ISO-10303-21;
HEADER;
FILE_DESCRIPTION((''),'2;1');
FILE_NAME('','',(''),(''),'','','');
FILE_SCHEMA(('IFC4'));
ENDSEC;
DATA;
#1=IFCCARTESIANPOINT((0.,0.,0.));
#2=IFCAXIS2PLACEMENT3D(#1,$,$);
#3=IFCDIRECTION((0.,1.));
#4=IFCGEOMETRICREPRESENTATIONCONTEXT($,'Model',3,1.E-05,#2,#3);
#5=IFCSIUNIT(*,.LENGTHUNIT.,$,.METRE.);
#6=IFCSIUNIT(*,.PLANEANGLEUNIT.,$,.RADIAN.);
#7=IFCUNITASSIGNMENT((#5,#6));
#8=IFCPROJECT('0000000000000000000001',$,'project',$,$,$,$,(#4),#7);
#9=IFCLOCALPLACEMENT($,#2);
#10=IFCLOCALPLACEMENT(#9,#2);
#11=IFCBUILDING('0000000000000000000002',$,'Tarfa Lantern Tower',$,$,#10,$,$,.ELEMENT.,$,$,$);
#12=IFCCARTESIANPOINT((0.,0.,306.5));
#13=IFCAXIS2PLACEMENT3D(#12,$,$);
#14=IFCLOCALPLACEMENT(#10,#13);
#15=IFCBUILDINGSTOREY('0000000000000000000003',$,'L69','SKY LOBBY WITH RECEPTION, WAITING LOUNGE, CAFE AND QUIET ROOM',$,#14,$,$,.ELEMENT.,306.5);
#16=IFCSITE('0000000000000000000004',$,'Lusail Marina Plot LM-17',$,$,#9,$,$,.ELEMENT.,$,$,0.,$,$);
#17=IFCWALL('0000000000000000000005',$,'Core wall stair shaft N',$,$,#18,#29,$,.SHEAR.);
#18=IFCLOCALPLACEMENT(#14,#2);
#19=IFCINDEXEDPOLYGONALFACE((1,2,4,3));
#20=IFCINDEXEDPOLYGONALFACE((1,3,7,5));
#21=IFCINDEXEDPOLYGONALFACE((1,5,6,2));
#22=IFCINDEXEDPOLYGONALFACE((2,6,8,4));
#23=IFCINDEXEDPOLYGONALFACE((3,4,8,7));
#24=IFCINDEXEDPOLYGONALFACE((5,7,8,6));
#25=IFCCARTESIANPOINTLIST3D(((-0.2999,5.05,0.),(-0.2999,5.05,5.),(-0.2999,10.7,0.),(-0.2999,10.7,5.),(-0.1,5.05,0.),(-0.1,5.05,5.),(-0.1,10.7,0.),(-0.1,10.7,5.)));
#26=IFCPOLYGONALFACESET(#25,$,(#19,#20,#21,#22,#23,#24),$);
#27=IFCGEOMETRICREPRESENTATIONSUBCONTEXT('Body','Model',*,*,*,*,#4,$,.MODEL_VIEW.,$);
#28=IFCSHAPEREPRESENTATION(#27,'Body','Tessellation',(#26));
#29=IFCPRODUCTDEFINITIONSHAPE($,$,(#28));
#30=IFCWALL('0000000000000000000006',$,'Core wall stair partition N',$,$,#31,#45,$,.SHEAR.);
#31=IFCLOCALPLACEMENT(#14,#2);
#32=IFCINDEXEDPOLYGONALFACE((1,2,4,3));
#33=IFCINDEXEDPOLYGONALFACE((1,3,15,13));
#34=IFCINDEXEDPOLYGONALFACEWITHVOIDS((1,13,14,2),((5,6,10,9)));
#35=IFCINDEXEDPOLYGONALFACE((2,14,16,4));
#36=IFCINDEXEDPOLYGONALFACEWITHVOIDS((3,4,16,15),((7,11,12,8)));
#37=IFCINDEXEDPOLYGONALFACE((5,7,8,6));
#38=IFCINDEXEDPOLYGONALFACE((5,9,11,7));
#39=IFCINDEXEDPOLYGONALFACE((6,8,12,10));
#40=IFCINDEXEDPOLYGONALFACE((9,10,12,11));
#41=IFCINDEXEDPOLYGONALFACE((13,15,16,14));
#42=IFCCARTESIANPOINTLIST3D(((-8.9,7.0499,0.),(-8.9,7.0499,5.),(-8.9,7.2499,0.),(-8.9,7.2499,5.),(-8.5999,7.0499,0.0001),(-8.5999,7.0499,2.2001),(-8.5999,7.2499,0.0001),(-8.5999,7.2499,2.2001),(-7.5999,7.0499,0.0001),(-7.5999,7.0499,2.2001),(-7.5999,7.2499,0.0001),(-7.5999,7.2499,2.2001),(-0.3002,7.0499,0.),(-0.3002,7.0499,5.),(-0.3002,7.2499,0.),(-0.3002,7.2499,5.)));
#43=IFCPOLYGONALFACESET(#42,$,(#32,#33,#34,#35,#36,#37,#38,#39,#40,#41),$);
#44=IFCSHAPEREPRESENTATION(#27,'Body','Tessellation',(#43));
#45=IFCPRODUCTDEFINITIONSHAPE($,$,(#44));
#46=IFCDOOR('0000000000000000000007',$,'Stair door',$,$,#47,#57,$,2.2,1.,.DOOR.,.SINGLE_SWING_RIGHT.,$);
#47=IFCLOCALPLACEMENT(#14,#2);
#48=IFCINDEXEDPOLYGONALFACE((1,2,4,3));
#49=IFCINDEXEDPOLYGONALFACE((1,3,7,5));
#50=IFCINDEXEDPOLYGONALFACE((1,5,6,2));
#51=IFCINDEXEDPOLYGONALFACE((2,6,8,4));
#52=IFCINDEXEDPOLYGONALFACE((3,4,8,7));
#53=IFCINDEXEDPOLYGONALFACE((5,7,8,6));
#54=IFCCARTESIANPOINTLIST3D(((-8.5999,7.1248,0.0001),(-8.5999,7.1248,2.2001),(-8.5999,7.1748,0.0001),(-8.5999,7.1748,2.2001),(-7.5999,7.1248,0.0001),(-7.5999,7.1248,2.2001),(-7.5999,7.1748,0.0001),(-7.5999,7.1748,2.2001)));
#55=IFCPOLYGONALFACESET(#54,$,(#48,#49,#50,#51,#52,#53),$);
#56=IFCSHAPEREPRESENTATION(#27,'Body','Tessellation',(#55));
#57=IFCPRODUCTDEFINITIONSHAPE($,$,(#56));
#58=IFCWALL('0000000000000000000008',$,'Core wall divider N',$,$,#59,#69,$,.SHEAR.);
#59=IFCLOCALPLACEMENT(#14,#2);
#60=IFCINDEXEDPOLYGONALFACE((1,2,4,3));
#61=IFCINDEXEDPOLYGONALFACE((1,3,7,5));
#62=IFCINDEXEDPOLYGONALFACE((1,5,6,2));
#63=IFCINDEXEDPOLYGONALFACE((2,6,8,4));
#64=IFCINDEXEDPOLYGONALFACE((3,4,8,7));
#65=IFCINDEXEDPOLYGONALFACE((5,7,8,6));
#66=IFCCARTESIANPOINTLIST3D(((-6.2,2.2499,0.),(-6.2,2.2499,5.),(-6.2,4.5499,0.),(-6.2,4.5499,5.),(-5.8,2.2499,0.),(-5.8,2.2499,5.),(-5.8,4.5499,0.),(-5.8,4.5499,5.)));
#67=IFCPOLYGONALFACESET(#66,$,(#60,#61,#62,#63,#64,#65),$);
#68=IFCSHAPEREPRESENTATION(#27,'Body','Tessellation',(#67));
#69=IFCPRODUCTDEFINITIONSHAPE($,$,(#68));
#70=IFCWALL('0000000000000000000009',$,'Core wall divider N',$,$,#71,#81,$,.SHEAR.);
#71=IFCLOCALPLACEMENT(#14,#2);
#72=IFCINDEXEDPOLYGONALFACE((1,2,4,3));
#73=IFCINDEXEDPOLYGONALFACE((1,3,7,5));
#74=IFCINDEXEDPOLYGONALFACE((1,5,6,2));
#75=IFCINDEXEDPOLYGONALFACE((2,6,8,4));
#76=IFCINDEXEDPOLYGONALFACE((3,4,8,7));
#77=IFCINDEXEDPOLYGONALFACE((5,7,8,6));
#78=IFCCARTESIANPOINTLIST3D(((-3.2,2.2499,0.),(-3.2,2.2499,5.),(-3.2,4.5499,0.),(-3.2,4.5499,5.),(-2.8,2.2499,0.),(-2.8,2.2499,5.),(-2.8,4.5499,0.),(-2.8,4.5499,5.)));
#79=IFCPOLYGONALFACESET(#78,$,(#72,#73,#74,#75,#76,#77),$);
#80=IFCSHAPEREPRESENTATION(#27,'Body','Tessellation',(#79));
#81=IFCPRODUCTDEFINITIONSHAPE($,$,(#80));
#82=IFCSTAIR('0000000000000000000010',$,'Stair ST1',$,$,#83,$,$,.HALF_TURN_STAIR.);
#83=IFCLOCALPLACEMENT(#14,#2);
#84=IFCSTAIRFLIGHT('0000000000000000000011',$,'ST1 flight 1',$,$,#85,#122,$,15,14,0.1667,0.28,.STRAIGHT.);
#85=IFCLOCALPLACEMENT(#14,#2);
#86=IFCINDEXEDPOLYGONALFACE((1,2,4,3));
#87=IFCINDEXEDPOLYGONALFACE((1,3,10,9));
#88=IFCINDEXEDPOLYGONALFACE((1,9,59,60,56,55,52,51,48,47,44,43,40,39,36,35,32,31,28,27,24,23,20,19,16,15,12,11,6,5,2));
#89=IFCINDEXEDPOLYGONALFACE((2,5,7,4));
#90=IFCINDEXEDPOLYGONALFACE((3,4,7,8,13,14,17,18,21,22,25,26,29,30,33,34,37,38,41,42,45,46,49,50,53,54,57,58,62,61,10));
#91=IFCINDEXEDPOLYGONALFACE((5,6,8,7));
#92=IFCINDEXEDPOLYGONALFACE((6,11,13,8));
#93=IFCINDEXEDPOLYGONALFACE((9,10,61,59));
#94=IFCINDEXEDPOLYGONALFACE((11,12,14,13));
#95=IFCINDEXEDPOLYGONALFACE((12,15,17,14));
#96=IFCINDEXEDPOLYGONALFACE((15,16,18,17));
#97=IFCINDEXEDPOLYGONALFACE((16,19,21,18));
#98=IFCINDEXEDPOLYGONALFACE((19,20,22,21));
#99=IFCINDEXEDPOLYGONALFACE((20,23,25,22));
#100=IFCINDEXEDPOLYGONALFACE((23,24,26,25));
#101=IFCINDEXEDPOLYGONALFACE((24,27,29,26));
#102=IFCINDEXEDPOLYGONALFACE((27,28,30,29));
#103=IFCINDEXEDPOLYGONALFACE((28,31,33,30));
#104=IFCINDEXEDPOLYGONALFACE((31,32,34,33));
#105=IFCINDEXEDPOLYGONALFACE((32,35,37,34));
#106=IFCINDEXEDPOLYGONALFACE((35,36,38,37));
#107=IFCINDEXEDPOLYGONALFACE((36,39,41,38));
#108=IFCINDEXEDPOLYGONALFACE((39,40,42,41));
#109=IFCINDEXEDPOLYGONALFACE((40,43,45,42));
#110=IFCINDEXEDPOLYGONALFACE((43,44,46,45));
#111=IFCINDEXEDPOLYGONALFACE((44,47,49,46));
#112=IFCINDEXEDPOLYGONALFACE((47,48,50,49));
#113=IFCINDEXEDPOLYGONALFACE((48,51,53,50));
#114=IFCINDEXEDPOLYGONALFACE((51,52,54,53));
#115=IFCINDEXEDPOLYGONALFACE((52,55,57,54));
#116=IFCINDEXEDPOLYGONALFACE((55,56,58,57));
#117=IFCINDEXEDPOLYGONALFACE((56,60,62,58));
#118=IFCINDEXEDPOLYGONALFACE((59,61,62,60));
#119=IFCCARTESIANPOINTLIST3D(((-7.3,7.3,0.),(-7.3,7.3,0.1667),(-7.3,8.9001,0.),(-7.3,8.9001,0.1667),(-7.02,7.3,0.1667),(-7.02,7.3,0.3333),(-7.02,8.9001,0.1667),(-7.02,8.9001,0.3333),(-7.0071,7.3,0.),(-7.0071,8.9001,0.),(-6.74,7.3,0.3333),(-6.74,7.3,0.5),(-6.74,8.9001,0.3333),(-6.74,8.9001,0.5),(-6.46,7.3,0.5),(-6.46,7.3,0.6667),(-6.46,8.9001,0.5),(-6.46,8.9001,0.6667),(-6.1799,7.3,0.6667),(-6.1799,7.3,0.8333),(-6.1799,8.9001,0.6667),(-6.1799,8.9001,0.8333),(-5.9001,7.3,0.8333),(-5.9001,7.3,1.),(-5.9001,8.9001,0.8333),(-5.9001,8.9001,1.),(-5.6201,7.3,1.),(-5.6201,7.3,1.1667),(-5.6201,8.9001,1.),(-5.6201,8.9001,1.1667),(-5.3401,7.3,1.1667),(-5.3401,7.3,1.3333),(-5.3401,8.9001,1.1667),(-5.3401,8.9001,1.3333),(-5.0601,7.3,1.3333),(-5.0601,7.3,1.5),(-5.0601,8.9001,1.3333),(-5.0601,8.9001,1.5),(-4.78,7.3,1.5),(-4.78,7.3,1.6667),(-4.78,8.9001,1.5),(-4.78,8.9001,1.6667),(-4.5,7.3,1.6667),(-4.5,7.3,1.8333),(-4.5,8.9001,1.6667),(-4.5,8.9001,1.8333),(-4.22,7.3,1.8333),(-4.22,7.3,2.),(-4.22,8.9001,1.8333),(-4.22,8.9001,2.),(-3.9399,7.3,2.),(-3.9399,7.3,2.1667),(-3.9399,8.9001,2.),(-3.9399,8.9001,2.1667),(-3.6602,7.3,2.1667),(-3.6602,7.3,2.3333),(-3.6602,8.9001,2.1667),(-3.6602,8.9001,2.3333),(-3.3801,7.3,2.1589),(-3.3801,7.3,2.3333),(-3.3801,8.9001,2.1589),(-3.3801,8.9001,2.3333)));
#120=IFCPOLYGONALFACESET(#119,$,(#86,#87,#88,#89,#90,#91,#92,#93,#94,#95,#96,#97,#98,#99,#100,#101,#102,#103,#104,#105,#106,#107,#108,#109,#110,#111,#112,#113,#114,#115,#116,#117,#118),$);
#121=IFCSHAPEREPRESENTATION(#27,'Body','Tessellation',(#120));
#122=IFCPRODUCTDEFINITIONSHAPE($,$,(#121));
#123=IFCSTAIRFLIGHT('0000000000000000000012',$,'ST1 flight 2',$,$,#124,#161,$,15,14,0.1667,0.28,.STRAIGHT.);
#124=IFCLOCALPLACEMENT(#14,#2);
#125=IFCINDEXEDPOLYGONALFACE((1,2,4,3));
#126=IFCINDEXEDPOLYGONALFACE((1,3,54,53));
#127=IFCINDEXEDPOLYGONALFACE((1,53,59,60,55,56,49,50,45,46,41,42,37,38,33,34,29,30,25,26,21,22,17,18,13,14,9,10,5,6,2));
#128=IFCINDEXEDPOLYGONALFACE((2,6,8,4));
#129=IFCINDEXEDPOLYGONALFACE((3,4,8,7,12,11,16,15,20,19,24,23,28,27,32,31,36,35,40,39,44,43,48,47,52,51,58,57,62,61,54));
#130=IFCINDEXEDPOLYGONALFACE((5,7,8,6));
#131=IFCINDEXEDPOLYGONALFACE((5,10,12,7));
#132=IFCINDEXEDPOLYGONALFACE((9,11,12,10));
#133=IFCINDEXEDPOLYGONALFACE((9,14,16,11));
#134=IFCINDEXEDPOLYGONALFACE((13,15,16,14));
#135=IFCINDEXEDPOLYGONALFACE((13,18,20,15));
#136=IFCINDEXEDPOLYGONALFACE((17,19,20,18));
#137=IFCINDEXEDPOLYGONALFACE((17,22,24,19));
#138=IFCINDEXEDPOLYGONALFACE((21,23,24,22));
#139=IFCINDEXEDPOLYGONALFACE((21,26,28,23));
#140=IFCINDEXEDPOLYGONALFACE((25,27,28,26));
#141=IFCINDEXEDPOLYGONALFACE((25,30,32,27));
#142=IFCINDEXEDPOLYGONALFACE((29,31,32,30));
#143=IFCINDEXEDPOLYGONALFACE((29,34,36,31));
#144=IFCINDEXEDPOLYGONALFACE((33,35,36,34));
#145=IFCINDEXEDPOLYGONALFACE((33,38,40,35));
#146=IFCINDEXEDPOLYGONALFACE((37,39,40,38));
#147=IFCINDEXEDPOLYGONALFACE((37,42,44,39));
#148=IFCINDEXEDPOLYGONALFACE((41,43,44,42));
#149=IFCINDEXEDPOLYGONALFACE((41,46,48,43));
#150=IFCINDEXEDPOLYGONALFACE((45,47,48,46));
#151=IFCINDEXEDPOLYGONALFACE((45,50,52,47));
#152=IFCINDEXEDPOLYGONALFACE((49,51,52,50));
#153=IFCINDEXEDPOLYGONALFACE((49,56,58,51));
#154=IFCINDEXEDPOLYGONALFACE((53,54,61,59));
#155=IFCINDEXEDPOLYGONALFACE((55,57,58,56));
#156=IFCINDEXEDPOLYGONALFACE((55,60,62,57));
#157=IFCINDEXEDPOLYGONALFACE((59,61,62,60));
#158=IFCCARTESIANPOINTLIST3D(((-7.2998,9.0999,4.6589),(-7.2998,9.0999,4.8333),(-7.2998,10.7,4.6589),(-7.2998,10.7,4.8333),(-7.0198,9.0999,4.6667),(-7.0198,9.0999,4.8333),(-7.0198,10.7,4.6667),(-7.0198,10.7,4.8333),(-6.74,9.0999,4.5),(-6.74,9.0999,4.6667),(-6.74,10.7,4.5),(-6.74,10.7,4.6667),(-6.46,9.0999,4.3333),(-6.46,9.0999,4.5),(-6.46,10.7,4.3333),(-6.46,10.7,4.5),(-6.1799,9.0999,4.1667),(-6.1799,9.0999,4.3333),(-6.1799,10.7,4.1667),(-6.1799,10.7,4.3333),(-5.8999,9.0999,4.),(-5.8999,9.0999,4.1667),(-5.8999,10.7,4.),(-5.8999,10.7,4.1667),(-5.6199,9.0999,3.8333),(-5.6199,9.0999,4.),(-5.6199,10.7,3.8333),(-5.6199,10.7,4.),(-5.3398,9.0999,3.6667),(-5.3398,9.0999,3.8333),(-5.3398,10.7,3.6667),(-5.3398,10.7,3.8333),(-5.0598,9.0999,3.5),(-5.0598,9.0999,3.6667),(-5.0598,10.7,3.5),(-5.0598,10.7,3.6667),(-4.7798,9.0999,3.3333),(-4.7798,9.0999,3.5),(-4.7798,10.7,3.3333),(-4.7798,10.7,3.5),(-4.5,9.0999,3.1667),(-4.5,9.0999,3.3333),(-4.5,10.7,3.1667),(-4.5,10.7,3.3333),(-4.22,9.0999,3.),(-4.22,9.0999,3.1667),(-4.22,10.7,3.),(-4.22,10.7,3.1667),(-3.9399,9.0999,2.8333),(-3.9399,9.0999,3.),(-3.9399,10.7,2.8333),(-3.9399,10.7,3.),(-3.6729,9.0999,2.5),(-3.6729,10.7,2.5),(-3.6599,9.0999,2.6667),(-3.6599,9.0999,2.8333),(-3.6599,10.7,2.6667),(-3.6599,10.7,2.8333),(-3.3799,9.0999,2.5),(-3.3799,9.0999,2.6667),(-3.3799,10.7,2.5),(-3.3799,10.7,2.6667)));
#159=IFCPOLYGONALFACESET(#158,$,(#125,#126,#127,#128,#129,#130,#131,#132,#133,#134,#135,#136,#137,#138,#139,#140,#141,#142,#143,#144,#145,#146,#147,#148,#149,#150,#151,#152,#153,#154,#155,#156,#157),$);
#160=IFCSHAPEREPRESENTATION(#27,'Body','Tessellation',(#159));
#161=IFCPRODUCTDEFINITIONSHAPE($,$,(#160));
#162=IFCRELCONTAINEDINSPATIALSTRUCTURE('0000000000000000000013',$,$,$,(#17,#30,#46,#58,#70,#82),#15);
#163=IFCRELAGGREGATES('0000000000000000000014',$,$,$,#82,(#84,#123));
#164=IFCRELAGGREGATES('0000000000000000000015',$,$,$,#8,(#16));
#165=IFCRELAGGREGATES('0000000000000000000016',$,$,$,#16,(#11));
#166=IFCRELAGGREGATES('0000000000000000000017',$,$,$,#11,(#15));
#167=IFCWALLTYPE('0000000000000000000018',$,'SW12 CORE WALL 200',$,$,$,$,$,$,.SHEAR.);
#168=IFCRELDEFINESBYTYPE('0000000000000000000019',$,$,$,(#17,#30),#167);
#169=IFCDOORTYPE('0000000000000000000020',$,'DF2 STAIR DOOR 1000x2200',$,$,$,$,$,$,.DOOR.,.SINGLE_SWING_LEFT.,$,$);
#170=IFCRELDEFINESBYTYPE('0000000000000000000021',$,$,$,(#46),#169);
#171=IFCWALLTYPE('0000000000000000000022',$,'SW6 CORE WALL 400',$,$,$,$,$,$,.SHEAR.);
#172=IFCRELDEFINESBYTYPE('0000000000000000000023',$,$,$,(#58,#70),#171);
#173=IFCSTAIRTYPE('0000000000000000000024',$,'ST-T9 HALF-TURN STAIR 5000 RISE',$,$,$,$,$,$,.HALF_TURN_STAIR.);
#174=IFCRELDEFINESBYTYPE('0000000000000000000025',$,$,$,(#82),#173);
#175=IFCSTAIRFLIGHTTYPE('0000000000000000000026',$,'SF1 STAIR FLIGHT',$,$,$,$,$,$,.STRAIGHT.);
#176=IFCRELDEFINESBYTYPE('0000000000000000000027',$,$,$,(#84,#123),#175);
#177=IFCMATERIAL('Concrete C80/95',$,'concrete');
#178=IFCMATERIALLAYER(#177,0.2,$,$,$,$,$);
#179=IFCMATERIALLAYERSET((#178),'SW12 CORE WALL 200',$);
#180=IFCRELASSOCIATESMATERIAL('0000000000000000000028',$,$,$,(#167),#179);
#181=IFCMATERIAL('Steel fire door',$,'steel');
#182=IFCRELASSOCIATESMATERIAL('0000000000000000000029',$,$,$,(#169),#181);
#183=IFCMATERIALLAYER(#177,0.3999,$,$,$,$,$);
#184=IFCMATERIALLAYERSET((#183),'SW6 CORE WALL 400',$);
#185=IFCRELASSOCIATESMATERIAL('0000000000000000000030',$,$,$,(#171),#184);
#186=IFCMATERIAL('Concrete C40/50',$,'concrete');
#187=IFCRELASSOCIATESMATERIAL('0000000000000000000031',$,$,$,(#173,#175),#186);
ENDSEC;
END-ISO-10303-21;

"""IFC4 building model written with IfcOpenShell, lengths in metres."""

from ifc_helpers import new_model, si_unit, direction, frame, frame_2d, origin, place, context, subcontext, project, spatial, polyline, rectangle, outline, extrude, material, layer, layer_set, type_object, element, fill, aggregate, save


model = new_model("IFC4")

# Units and contexts
model_context = context("Model", 3, precision=1e-05, world=origin(), true_north=direction((0.0, 1.0)))
body_context = subcontext(model_context, "Body", "Model", "MODEL_VIEW")
ifc_project = project(units=[si_unit("LENGTHUNIT", "METRE"), si_unit("PLANEANGLEUNIT", "RADIAN")], contexts=[model_context])

# Site, building, storey
site_placement = place(None, origin())
site = spatial("IfcSite", under=ifc_project, at=site_placement, Name="Lusail Marina Plot LM-17", CompositionType="ELEMENT", RefElevation=0.0)
building_placement = place(site_placement, origin())
building = spatial("IfcBuilding", under=site, at=building_placement, Name="Tarfa Lantern Tower", CompositionType="ELEMENT")
storey_placement = place(building_placement, frame((0.0, 0.0, 306.5)))
storey = spatial("IfcBuildingStorey", under=building, at=storey_placement, Name="L69", Description="SKY LOBBY WITH RECEPTION, WAITING LOUNGE, CAFE AND QUIET ROOM", CompositionType="ELEMENT", Elevation=306.5)

# Wall
ifc_material_1 = material(Name="Concrete C80/95", Category="concrete")
ifc_layer_1 = layer(ifc_material_1, 0.2)
ifc_layer_set_1 = layer_set([ifc_layer_1], Name="SW12 CORE WALL 200")
wall_type_1 = type_object("IfcWallType", Name="SW12 CORE WALL 200", PredefinedType="SHEAR", material=ifc_layer_set_1)
wall_1_placement = place(storey_placement, frame((-0.2, 5.05, 0.0), z_axis=(0.0, 0.0, 1.0), x_axis=(0.0, 1.0, 0.0)))
element("IfcWall", 1, at=wall_1_placement, inside=storey, type_object=wall_type_1, Name="Core wall stair shaft N", PredefinedType="SHEAR", context=body_context, shape_type="SweptSolid", body=[
    extrude(rectangle(XDim=5.6499, YDim=0.2, at=frame_2d((2.825, 0.0))), origin(), (0.0, 0.0, 1.0), 5.0),
])

# Wall, opening, door
wall_2_placement = place(storey_placement, frame((-8.8999, 7.1499, 0.0), z_axis=(0.0, 0.0, 1.0), x_axis=(1.0, 0.0, 0.0)))
wall_2 = element("IfcWall", 2, at=wall_2_placement, inside=storey, type_object=wall_type_1, Name="Core wall stair partition N", PredefinedType="SHEAR", context=body_context, shape_type="SweptSolid", body=[
    extrude(rectangle(XDim=8.5999, YDim=0.2, at=frame_2d((4.2998, 0.0))), origin(), (0.0, 0.0, 1.0), 5.0),
])
opening_placement = place(wall_2_placement, frame((0.3, 0.0, 0.0)))
opening = element("IfcOpeningElement", 3, at=opening_placement, cuts=wall_2, PredefinedType="OPENING", context=body_context, shape_type="SweptSolid", body=[
    extrude(rectangle(XDim=1.0, YDim=2.2, at=frame_2d((0.5, 1.1001))), frame((0.0, 0.1099, 0.0), z_axis=(0.0, -1.0, 0.0), x_axis=(1.0, 0.0, 0.0)), (0.0, 0.0, 1.0), 0.22),
])
ifc_material_2 = material(Name="Steel fire door", Category="steel")
door_type = type_object("IfcDoorType", Name="DF2 STAIR DOOR 1000x2200", OperationType="SINGLE_SWING_LEFT", PredefinedType="DOOR", material=ifc_material_2)
door_placement = place(opening_placement, origin())
door = element("IfcDoor", 4, at=door_placement, inside=storey, type_object=door_type, Name="Stair door", OperationType="SINGLE_SWING_RIGHT", OverallHeight=2.2, OverallWidth=1.0, PredefinedType="DOOR", context=body_context, shape_type="SweptSolid", body=[
    extrude(rectangle(XDim=1.0, YDim=2.2, at=frame_2d((0.5, 1.1001))), frame((0.0, 0.0249, 0.0), z_axis=(0.0, -1.0, 0.0), x_axis=(1.0, 0.0, 0.0)), (0.0, 0.0, 1.0), 0.05),
])
fill(opening, door)

# Walls
ifc_layer_2 = layer(ifc_material_1, 0.3999)
ifc_layer_set_2 = layer_set([ifc_layer_2], Name="SW6 CORE WALL 400")
wall_type_2 = type_object("IfcWallType", Name="SW6 CORE WALL 400", PredefinedType="SHEAR", material=ifc_layer_set_2)
for number, where, z_axis, x_axis, name in (
    (5, (-6.0, 2.25, 0.0), (0.0, 0.0, 1.0), (0.0, 1.0, 0.0), "Core wall divider N"),
    (6, (-3.0, 2.25, 0.0), (0.0, 0.0, 1.0), (0.0, 1.0, 0.0), "Core wall divider N"),
):
    element("IfcWall", number, at=place(storey_placement, frame(where, z_axis=z_axis, x_axis=x_axis)), inside=storey, type_object=wall_type_2, Name=name, PredefinedType="SHEAR", context=body_context, shape_type="SweptSolid", body=[
        extrude(rectangle(XDim=2.3, YDim=0.3999, at=frame_2d((1.1499, 0.0))), origin(), (0.0, 0.0, 1.0), 5.0),
    ])

# Stair, stair flights
ifc_material_3 = material(Name="Concrete C40/50", Category="concrete")
stair_type = type_object("IfcStairType", Name="ST-T9 HALF-TURN STAIR 5000 RISE", PredefinedType="HALF_TURN_STAIR", material=ifc_material_3)
stair_placement = place(storey_placement, origin())
stair = element("IfcStair", 7, at=stair_placement, inside=storey, type_object=stair_type, Name="Stair ST1", PredefinedType="HALF_TURN_STAIR")
stair_flight_type = type_object("IfcStairFlightType", Name="SF1 STAIR FLIGHT", PredefinedType="STRAIGHT", material=ifc_material_3)
stair_flight_1_placement = place(storey_placement, frame((-7.3, 8.1001, 0.0), z_axis=(0.0, 0.0, 1.0), x_axis=(1.0, 0.0, 0.0)))
stair_flight_1 = element("IfcStairFlight", 8, at=stair_flight_1_placement, type_object=stair_flight_type, Name="ST1 flight 1", NumberOfRisers=15, NumberOfTreads=14, PredefinedType="STRAIGHT", RiserHeight=0.1667, TreadLength=0.28, context=body_context, shape_type="SweptSolid", body=[
    extrude(outline(polyline([(0.0, 0.0), (0.0, 0.1667), (0.28, 0.1667), (0.28, 0.3333), (0.5601, 0.3333), (0.5601, 0.5), (0.8401, 0.5), (0.8401, 0.6667), (1.1201, 0.6667), (1.1201, 0.8333), (1.3999, 0.8333), (1.3999, 1.0), (1.6799, 1.0), (1.6799, 1.1667), (1.96, 1.1667), (1.96, 1.3333), (2.24, 1.3333), (2.24, 1.5), (2.52, 1.5), (2.52, 1.6667), (2.8, 1.6667), (2.8, 1.8333), (3.0801, 1.8333), (3.0801, 2.0), (3.3601, 2.0), (3.3601, 2.1667), (3.6399, 2.1667), (3.6399, 2.3333), (3.9199, 2.3333), (3.9199, 2.5), (3.9199, 2.1589), (0.293, 0.0), (0.0, 0.0)])), frame((0.0, 0.8, 0.0), z_axis=(0.0, -1.0, 0.0), x_axis=(1.0, 0.0, 0.0)), (0.0, 0.0, 1.0), 1.6001),
])
stair_flight_2_placement = place(storey_placement, frame((-3.3799, 9.8999, 2.5), z_axis=(0.0, 0.0, 1.0), x_axis=(-1.0, 0.0, 0.0)))
stair_flight_2 = element("IfcStairFlight", 9, at=stair_flight_2_placement, type_object=stair_flight_type, Name="ST1 flight 2", NumberOfRisers=15, NumberOfTreads=14, PredefinedType="STRAIGHT", RiserHeight=0.1667, TreadLength=0.28, context=body_context, shape_type="SweptSolid", body=[
    extrude(outline(polyline([(0.0, 0.0), (0.0, 0.1667), (0.28, 0.1667), (0.28, 0.3333), (0.5601, 0.3333), (0.5601, 0.5), (0.8401, 0.5), (0.8401, 0.6667), (1.1201, 0.6667), (1.1201, 0.8333), (1.3999, 0.8333), (1.3999, 1.0), (1.6799, 1.0), (1.6799, 1.1667), (1.96, 1.1667), (1.96, 1.3333), (2.24, 1.3333), (2.24, 1.5), (2.52, 1.5), (2.52, 1.6667), (2.8, 1.6667), (2.8, 1.8333), (3.0801, 1.8333), (3.0801, 2.0), (3.3601, 2.0), (3.3601, 2.1667), (3.6399, 2.1667), (3.6399, 2.3333), (3.9199, 2.3333), (3.9199, 2.5), (3.9199, 2.1589), (0.293, 0.0), (0.0, 0.0)])), frame((0.0, 0.8, 0.0), z_axis=(0.0, -1.0, 0.0), x_axis=(1.0, 0.0, 0.0)), (0.0, 0.0, 1.0), 1.6001),
])
aggregate(stair, [stair_flight_1, stair_flight_2])

save(model, "model.ifc")
